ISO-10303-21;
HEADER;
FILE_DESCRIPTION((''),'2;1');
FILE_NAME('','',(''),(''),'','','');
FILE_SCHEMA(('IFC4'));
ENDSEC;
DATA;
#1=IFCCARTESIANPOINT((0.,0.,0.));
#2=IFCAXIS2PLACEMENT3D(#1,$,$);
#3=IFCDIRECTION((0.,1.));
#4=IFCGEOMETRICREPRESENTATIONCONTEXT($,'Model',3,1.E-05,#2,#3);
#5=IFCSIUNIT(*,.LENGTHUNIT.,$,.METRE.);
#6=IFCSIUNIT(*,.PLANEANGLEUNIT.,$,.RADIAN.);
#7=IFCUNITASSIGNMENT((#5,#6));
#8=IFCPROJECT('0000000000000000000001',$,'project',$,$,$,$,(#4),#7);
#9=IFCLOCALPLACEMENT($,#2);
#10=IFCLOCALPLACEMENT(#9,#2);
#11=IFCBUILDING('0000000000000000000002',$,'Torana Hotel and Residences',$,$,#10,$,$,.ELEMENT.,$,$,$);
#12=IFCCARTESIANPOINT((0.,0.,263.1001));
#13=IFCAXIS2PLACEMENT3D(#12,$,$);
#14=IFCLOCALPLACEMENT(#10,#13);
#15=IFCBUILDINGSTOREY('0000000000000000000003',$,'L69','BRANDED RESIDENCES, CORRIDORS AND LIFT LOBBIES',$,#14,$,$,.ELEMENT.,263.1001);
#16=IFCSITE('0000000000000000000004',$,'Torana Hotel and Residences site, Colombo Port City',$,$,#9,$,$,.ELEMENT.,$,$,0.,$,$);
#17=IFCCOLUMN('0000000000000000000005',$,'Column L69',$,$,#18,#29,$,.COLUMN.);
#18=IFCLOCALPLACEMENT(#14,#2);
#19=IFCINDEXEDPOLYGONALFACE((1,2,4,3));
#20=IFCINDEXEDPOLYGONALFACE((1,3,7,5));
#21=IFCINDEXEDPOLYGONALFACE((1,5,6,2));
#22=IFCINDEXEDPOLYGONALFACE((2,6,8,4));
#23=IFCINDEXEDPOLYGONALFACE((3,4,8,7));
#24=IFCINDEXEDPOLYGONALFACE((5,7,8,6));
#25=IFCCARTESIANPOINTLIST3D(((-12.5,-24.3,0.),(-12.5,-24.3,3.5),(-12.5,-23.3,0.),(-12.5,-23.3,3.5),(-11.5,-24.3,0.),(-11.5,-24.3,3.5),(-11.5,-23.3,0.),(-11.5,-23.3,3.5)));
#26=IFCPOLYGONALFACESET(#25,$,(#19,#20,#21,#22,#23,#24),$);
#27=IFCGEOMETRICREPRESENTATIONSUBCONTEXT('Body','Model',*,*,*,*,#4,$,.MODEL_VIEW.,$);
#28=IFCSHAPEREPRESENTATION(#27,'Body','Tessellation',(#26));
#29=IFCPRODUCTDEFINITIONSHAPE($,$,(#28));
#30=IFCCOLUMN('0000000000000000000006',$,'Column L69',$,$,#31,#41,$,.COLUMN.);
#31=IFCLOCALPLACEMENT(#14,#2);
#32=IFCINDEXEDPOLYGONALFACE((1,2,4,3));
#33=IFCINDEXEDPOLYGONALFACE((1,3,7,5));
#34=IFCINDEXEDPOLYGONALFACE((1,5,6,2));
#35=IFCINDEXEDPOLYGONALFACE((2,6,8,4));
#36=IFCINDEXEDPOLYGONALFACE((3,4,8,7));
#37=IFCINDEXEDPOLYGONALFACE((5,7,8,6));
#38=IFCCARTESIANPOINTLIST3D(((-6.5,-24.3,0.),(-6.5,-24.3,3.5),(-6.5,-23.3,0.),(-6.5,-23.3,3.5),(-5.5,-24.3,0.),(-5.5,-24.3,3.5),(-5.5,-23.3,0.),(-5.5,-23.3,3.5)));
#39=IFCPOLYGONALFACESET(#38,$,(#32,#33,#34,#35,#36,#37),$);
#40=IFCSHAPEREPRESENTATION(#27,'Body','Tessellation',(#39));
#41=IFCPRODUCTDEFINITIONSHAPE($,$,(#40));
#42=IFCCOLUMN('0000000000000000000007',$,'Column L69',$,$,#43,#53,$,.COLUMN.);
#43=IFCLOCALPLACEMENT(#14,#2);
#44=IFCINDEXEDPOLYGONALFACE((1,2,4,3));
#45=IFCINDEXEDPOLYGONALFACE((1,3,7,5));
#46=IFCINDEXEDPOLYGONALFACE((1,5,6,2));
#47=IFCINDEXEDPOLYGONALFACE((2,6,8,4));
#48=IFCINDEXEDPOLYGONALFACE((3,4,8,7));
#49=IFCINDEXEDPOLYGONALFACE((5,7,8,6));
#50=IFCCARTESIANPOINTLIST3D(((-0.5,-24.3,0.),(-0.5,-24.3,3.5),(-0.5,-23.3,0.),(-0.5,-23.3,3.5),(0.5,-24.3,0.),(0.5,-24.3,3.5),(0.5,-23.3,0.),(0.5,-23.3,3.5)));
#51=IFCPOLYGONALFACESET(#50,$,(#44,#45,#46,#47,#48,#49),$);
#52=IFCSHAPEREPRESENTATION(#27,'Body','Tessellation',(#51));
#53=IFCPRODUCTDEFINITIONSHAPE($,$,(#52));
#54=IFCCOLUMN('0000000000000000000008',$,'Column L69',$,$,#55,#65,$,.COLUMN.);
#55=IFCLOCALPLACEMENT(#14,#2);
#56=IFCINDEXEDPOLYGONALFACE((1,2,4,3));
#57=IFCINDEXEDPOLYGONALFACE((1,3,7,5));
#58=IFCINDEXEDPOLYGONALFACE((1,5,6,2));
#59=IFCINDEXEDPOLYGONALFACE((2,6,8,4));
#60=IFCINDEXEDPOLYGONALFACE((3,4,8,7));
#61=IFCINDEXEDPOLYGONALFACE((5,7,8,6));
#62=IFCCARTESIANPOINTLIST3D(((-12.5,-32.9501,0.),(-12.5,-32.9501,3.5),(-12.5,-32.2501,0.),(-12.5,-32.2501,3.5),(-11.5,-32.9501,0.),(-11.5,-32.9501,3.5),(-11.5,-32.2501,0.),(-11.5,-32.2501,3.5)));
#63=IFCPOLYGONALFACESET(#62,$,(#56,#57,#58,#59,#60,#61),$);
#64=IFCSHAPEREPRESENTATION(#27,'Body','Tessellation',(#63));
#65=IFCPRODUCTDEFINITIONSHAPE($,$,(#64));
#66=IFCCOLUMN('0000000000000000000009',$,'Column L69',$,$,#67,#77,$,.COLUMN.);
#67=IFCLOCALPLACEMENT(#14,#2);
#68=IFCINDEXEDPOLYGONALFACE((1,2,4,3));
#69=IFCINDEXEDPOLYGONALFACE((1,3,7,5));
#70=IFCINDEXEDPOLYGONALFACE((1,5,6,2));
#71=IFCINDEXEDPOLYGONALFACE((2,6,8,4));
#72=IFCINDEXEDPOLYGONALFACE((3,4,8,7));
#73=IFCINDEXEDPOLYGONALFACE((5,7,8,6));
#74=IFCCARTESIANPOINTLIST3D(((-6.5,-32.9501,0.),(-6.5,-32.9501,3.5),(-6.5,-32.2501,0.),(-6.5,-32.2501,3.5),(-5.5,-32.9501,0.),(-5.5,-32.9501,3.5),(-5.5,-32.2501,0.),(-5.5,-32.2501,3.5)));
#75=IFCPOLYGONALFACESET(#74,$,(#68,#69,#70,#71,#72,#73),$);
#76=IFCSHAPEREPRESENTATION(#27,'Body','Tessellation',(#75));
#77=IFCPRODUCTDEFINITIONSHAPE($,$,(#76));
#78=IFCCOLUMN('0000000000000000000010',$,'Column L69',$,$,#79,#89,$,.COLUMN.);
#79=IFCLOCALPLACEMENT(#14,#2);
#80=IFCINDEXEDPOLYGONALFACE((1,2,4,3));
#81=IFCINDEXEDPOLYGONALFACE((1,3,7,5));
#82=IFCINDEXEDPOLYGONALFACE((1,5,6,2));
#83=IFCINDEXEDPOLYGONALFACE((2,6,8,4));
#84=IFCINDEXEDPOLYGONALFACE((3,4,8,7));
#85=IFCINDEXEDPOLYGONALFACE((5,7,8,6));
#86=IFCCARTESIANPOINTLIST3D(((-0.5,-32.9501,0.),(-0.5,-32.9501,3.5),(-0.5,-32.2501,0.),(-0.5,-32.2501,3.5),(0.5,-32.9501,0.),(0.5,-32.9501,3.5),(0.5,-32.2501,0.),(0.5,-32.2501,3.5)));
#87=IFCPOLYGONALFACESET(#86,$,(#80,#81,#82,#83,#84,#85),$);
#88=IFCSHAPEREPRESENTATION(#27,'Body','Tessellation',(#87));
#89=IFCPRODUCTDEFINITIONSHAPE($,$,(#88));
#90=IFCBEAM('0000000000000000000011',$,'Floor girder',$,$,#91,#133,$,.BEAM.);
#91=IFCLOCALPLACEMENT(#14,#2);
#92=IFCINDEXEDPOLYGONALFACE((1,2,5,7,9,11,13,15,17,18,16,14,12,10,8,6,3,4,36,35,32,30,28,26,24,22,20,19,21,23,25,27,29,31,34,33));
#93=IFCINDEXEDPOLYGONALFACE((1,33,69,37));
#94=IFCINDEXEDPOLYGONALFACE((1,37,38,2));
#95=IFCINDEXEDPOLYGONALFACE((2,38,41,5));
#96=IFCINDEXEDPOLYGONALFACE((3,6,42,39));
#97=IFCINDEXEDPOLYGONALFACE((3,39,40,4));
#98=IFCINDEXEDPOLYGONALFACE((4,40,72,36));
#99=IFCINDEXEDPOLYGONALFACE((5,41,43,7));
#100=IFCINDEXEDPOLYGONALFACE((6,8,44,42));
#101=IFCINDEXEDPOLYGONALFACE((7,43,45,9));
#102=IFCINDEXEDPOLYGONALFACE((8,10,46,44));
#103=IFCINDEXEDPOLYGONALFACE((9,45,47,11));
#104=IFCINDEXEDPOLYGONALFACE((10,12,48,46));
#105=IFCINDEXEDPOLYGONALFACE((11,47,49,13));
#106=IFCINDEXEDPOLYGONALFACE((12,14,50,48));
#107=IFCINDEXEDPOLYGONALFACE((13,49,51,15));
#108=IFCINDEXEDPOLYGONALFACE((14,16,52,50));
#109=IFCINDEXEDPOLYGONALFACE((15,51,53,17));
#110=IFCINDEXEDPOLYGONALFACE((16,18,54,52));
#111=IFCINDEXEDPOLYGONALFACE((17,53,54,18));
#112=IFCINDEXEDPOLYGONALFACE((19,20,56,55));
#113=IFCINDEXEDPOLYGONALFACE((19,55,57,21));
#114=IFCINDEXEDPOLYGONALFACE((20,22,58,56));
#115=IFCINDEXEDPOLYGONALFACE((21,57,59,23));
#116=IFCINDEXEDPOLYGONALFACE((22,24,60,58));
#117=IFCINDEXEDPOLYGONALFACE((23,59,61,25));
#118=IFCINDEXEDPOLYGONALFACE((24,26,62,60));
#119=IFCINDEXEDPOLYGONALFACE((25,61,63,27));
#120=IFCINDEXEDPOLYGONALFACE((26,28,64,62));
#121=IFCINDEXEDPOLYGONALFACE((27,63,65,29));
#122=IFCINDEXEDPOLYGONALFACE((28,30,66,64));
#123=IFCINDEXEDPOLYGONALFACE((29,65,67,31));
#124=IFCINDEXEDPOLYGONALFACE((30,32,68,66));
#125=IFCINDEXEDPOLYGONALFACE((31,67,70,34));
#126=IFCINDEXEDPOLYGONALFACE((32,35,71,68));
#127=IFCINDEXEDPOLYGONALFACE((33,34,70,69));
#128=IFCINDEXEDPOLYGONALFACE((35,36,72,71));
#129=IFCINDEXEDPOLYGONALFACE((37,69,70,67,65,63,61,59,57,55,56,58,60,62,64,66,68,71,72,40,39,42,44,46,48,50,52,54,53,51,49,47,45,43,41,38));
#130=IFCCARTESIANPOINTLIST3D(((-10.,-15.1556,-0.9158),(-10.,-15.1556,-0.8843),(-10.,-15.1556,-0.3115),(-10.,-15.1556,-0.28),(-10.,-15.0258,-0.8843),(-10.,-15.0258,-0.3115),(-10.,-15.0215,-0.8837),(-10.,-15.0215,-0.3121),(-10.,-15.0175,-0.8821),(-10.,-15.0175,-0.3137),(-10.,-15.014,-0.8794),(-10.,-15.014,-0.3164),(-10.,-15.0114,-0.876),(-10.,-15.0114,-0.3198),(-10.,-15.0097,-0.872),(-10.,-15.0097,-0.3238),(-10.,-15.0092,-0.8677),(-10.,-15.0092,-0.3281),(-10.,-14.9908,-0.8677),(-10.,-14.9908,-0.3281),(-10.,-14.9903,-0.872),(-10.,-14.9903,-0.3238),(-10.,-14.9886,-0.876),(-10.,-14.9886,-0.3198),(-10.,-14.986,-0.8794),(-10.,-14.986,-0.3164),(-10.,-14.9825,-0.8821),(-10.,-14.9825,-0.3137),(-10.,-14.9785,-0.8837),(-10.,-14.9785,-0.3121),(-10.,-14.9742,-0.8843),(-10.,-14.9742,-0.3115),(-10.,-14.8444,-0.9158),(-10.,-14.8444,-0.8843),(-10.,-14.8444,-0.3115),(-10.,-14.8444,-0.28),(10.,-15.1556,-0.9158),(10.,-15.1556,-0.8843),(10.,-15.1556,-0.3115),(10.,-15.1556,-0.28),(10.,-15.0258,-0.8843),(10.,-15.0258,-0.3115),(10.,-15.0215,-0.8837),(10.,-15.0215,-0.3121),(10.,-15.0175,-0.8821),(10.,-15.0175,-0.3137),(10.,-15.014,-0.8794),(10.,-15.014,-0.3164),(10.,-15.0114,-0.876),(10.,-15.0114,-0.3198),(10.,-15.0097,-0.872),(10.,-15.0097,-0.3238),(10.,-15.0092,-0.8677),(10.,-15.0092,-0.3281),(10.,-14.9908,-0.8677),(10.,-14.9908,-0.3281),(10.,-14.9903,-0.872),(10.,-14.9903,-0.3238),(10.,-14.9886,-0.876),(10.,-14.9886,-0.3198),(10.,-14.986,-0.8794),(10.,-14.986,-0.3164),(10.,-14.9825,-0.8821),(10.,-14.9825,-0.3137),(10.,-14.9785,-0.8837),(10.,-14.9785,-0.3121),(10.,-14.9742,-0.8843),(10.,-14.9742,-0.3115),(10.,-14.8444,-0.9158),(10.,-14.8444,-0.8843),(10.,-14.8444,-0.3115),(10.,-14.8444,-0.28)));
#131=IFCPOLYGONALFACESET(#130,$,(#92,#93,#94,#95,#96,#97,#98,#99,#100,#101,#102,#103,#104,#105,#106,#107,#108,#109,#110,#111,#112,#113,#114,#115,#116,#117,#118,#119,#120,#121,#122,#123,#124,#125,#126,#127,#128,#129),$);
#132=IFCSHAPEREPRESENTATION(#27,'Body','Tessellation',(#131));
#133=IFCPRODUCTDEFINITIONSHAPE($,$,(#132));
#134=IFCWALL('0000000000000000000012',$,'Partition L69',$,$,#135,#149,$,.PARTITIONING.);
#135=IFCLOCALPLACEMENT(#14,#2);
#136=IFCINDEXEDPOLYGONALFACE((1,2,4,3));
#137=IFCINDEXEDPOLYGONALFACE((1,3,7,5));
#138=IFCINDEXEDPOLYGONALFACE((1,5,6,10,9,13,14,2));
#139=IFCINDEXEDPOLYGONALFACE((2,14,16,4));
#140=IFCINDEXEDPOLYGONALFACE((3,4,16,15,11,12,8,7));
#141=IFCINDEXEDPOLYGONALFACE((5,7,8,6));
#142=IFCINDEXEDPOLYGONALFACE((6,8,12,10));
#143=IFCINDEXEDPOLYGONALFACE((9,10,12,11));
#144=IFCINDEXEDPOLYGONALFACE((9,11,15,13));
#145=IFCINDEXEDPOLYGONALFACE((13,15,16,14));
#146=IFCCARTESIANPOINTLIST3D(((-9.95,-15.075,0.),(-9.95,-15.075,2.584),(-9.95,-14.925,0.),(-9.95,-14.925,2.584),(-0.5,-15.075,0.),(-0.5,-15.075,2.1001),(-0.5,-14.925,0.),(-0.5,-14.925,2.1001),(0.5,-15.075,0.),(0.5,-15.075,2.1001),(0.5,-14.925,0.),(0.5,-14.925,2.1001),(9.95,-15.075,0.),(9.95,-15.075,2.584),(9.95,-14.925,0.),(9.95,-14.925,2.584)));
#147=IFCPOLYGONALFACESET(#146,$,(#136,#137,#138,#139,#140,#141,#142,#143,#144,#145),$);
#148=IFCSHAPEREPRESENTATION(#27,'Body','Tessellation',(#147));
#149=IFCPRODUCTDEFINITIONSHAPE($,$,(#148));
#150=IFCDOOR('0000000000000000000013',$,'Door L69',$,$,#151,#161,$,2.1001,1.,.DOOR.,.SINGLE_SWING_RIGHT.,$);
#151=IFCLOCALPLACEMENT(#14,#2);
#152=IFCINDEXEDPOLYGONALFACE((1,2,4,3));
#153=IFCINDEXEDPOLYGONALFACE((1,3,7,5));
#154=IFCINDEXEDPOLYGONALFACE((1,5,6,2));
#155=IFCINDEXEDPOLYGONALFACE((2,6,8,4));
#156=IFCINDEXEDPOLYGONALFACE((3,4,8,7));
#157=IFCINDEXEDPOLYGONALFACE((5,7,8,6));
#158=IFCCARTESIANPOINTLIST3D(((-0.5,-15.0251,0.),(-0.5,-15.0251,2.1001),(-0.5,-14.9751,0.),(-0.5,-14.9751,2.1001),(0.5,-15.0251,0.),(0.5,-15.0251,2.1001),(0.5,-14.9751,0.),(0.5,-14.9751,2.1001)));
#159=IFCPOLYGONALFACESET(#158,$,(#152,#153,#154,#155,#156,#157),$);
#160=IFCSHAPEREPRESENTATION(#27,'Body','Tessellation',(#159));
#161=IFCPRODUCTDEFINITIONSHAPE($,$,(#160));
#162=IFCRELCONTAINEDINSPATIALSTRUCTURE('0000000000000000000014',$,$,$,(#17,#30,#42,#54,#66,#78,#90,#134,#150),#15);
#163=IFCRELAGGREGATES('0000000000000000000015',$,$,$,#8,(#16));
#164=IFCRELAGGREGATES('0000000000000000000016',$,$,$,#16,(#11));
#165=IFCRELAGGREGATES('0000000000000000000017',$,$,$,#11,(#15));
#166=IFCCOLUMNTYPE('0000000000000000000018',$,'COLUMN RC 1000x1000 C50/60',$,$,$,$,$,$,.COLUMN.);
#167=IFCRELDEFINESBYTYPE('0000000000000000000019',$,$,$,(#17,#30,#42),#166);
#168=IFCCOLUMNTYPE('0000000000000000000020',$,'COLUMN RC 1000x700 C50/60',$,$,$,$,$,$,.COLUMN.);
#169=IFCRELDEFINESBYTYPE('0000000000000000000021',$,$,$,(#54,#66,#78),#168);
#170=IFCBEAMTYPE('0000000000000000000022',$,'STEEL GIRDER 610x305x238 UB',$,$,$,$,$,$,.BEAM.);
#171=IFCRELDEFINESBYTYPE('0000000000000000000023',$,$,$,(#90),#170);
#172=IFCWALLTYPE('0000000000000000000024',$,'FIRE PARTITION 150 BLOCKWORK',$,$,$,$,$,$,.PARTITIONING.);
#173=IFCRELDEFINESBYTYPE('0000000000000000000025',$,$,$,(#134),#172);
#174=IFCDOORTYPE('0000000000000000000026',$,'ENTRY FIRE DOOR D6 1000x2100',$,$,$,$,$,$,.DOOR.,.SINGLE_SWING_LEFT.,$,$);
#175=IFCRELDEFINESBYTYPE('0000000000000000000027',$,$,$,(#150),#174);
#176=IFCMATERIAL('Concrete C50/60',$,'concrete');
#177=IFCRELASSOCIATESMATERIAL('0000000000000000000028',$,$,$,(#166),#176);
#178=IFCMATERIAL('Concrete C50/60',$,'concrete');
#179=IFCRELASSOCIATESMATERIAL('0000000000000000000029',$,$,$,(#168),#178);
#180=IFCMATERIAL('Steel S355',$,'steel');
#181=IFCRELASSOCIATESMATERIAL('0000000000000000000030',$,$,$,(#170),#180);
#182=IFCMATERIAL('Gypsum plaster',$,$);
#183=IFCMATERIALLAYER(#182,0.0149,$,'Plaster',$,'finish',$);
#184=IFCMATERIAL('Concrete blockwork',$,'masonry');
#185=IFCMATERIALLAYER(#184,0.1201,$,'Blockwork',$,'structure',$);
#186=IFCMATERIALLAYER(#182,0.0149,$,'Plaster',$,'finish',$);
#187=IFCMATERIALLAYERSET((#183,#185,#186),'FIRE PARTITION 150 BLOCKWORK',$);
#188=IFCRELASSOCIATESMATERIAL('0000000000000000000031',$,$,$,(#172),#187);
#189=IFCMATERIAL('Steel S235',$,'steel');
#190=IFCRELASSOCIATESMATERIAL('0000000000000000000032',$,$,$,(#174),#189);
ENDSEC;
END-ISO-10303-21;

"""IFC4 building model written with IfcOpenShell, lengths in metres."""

from ifc_helpers import new_model, si_unit, direction, frame, frame_2d, origin, origin_2d, place, context, subcontext, project, spatial, rectangle, i_section, extrude, material, layer, layer_set, material_profile, profile_set, type_object, element, fill, save


model = new_model("IFC4")

# Units and contexts
model_context = context("Model", 3, precision=1e-05, world=origin(), true_north=direction((0.0, 1.0)))
body_context = subcontext(model_context, "Body", "Model", "MODEL_VIEW")
ifc_project = project(units=[si_unit("LENGTHUNIT", "METRE"), si_unit("PLANEANGLEUNIT", "RADIAN")], contexts=[model_context])

# Site, building, storey
site_placement = place(None, origin())
site = spatial("IfcSite", under=ifc_project, at=site_placement, Name="Torana Hotel and Residences site, Colombo Port City", CompositionType="ELEMENT", RefElevation=0.0)
building_placement = place(site_placement, origin())
building = spatial("IfcBuilding", under=site, at=building_placement, Name="Torana Hotel and Residences", CompositionType="ELEMENT")
storey_placement = place(building_placement, frame((0.0, 0.0, 263.1001)))
storey = spatial("IfcBuildingStorey", under=building, at=storey_placement, Name="L69", Description="BRANDED RESIDENCES, CORRIDORS AND LIFT LOBBIES", CompositionType="ELEMENT", Elevation=263.1001)

# Columns
ifc_material_1 = material(Name="Concrete C50/60", Category="concrete")
ifc_material_profile_1 = material_profile(ifc_material_1, rectangle(XDim=1.0, YDim=1.0, at=origin_2d()), Name="RC 1000x1000")
ifc_profile_set_1 = profile_set([ifc_material_profile_1], Name="Concrete C50/60")
column_type_1 = type_object("IfcColumnType", Name="COLUMN RC 1000x1000 C50/60", PredefinedType="COLUMN", material=ifc_profile_set_1)
for number, where, z_axis, x_axis, name in (
    (1, (-12.0, -23.8, 0.0), (0.0, 0.0, 1.0), (1.0, 0.0, 0.0), "Column L69"),
    (2, (-6.0, -23.8, 0.0), (0.0, 0.0, 1.0), (1.0, 0.0, 0.0), "Column L69"),
    (3, (0.0, -23.8, 0.0), (0.0, 0.0, 1.0), (1.0, 0.0, 0.0), "Column L69"),
):
    element("IfcColumn", number, at=place(storey_placement, frame(where, z_axis=z_axis, x_axis=x_axis)), inside=storey, type_object=column_type_1, Name=name, PredefinedType="COLUMN", context=body_context, shape_type="SweptSolid", body=[
        extrude(rectangle(XDim=1.0, YDim=1.0, at=origin_2d()), origin(), (0.0, 0.0, 1.0), 3.5),
    ])
ifc_material_2 = material(Name="Concrete C50/60", Category="concrete")
ifc_material_profile_2 = material_profile(ifc_material_2, rectangle(XDim=1.0, YDim=0.7, at=origin_2d()), Name="RC 1000x700")
ifc_profile_set_2 = profile_set([ifc_material_profile_2], Name="Concrete C50/60")
column_type_2 = type_object("IfcColumnType", Name="COLUMN RC 1000x700 C50/60", PredefinedType="COLUMN", material=ifc_profile_set_2)
for number, where, z_axis, x_axis, name in (
    (4, (-12.0, -32.6001, 0.0), (0.0, 0.0, 1.0), (1.0, 0.0, 0.0), "Column L69"),
    (5, (-6.0, -32.6001, 0.0), (0.0, 0.0, 1.0), (1.0, 0.0, 0.0), "Column L69"),
    (6, (0.0, -32.6001, 0.0), (0.0, 0.0, 1.0), (1.0, 0.0, 0.0), "Column L69"),
):
    element("IfcColumn", number, at=place(storey_placement, frame(where, z_axis=z_axis, x_axis=x_axis)), inside=storey, type_object=column_type_2, Name=name, PredefinedType="COLUMN", context=body_context, shape_type="SweptSolid", body=[
        extrude(rectangle(XDim=1.0, YDim=0.7, at=origin_2d()), origin(), (0.0, 0.0, 1.0), 3.5),
    ])

# Beam
ifc_material_3 = material(Name="Steel S355", Category="steel")
ifc_material_profile_3 = material_profile(ifc_material_3, i_section(OverallWidth=0.3113, OverallDepth=0.6357, WebThickness=0.0183, FlangeThickness=0.0315, FilletRadius=0.0166, at=origin_2d()), Name="610x305x238 UB")
ifc_profile_set_3 = profile_set([ifc_material_profile_3], Name="Steel S355")
beam_type = type_object("IfcBeamType", Name="STEEL GIRDER 610x305x238 UB", PredefinedType="BEAM", material=ifc_profile_set_3)
beam_placement = place(storey_placement, frame((-10.0, -15.0, -0.5979), z_axis=(1.0, 0.0, 0.0), x_axis=(0.0, 1.0, 0.0)))
element("IfcBeam", 7, at=beam_placement, inside=storey, type_object=beam_type, Name="Floor girder", PredefinedType="BEAM", context=body_context, shape_type="SweptSolid", body=[
    extrude(i_section(OverallWidth=0.3113, OverallDepth=0.6357, WebThickness=0.0183, FlangeThickness=0.0315, FilletRadius=0.0166, at=origin_2d()), origin(), (0.0, 0.0, 1.0), 20.0),
])

# Wall, opening, door
ifc_material_4 = material(Name="Gypsum plaster")
ifc_layer_1 = layer(ifc_material_4, 0.0149, Name="Plaster", Category="finish")
ifc_material_5 = material(Name="Concrete blockwork", Category="masonry")
ifc_layer_2 = layer(ifc_material_5, 0.1201, Name="Blockwork", Category="structure")
ifc_layer_3 = layer(ifc_material_4, 0.0149, Name="Plaster", Category="finish")
ifc_layer_set_1 = layer_set([ifc_layer_1, ifc_layer_2, ifc_layer_3], Name="FIRE PARTITION 150 BLOCKWORK")
wall_type_1 = type_object("IfcWallType", Name="FIRE PARTITION 150 BLOCKWORK", PredefinedType="PARTITIONING", material=ifc_layer_set_1)
wall_1_placement = place(storey_placement, frame((-9.95, -15.0, 0.0), z_axis=(0.0, 0.0, 1.0), x_axis=(1.0, 0.0, 0.0)))
wall_1 = element("IfcWall", 8, at=wall_1_placement, inside=storey, type_object=wall_type_1, Name="Partition L69", PredefinedType="PARTITIONING", context=body_context, shape_type="SweptSolid", body=[
    extrude(rectangle(XDim=19.8999, YDim=0.1499, at=frame_2d((9.95, 0.0))), origin(), (0.0, 0.0, 1.0), 2.584),
])
opening_1_placement = place(wall_1_placement, frame((9.45, 0.0, 0.0)))
opening_1 = element("IfcOpeningElement", 9, at=opening_1_placement, cuts=wall_1, PredefinedType="OPENING", context=body_context, shape_type="SweptSolid", body=[
    extrude(rectangle(XDim=1.0, YDim=2.1001, at=frame_2d((0.5, 1.05))), frame((0.0, 0.085, 0.0), z_axis=(0.0, -1.0, 0.0), x_axis=(1.0, 0.0, 0.0)), (0.0, 0.0, 1.0), 0.1699),
])
ifc_material_6 = material(Name="Steel S235", Category="steel")
door_type_1 = type_object("IfcDoorType", Name="ENTRY FIRE DOOR D6 1000x2100", OperationType="SINGLE_SWING_LEFT", PredefinedType="DOOR", material=ifc_material_6)
door_1_placement = place(opening_1_placement, origin())
door_1 = element("IfcDoor", 10, at=door_1_placement, inside=storey, type_object=door_type_1, Name="Door L69", OperationType="SINGLE_SWING_RIGHT", OverallHeight=2.1001, OverallWidth=1.0, PredefinedType="DOOR", context=body_context, shape_type="SweptSolid", body=[
    extrude(rectangle(XDim=1.0, YDim=2.1001, at=frame_2d((0.5, 1.05))), frame((0.0, 0.0249, 0.0), z_axis=(0.0, -1.0, 0.0), x_axis=(1.0, 0.0, 0.0)), (0.0, 0.0, 1.0), 0.05),
])
fill(opening_1, door_1)

save(model, "model.ifc")
